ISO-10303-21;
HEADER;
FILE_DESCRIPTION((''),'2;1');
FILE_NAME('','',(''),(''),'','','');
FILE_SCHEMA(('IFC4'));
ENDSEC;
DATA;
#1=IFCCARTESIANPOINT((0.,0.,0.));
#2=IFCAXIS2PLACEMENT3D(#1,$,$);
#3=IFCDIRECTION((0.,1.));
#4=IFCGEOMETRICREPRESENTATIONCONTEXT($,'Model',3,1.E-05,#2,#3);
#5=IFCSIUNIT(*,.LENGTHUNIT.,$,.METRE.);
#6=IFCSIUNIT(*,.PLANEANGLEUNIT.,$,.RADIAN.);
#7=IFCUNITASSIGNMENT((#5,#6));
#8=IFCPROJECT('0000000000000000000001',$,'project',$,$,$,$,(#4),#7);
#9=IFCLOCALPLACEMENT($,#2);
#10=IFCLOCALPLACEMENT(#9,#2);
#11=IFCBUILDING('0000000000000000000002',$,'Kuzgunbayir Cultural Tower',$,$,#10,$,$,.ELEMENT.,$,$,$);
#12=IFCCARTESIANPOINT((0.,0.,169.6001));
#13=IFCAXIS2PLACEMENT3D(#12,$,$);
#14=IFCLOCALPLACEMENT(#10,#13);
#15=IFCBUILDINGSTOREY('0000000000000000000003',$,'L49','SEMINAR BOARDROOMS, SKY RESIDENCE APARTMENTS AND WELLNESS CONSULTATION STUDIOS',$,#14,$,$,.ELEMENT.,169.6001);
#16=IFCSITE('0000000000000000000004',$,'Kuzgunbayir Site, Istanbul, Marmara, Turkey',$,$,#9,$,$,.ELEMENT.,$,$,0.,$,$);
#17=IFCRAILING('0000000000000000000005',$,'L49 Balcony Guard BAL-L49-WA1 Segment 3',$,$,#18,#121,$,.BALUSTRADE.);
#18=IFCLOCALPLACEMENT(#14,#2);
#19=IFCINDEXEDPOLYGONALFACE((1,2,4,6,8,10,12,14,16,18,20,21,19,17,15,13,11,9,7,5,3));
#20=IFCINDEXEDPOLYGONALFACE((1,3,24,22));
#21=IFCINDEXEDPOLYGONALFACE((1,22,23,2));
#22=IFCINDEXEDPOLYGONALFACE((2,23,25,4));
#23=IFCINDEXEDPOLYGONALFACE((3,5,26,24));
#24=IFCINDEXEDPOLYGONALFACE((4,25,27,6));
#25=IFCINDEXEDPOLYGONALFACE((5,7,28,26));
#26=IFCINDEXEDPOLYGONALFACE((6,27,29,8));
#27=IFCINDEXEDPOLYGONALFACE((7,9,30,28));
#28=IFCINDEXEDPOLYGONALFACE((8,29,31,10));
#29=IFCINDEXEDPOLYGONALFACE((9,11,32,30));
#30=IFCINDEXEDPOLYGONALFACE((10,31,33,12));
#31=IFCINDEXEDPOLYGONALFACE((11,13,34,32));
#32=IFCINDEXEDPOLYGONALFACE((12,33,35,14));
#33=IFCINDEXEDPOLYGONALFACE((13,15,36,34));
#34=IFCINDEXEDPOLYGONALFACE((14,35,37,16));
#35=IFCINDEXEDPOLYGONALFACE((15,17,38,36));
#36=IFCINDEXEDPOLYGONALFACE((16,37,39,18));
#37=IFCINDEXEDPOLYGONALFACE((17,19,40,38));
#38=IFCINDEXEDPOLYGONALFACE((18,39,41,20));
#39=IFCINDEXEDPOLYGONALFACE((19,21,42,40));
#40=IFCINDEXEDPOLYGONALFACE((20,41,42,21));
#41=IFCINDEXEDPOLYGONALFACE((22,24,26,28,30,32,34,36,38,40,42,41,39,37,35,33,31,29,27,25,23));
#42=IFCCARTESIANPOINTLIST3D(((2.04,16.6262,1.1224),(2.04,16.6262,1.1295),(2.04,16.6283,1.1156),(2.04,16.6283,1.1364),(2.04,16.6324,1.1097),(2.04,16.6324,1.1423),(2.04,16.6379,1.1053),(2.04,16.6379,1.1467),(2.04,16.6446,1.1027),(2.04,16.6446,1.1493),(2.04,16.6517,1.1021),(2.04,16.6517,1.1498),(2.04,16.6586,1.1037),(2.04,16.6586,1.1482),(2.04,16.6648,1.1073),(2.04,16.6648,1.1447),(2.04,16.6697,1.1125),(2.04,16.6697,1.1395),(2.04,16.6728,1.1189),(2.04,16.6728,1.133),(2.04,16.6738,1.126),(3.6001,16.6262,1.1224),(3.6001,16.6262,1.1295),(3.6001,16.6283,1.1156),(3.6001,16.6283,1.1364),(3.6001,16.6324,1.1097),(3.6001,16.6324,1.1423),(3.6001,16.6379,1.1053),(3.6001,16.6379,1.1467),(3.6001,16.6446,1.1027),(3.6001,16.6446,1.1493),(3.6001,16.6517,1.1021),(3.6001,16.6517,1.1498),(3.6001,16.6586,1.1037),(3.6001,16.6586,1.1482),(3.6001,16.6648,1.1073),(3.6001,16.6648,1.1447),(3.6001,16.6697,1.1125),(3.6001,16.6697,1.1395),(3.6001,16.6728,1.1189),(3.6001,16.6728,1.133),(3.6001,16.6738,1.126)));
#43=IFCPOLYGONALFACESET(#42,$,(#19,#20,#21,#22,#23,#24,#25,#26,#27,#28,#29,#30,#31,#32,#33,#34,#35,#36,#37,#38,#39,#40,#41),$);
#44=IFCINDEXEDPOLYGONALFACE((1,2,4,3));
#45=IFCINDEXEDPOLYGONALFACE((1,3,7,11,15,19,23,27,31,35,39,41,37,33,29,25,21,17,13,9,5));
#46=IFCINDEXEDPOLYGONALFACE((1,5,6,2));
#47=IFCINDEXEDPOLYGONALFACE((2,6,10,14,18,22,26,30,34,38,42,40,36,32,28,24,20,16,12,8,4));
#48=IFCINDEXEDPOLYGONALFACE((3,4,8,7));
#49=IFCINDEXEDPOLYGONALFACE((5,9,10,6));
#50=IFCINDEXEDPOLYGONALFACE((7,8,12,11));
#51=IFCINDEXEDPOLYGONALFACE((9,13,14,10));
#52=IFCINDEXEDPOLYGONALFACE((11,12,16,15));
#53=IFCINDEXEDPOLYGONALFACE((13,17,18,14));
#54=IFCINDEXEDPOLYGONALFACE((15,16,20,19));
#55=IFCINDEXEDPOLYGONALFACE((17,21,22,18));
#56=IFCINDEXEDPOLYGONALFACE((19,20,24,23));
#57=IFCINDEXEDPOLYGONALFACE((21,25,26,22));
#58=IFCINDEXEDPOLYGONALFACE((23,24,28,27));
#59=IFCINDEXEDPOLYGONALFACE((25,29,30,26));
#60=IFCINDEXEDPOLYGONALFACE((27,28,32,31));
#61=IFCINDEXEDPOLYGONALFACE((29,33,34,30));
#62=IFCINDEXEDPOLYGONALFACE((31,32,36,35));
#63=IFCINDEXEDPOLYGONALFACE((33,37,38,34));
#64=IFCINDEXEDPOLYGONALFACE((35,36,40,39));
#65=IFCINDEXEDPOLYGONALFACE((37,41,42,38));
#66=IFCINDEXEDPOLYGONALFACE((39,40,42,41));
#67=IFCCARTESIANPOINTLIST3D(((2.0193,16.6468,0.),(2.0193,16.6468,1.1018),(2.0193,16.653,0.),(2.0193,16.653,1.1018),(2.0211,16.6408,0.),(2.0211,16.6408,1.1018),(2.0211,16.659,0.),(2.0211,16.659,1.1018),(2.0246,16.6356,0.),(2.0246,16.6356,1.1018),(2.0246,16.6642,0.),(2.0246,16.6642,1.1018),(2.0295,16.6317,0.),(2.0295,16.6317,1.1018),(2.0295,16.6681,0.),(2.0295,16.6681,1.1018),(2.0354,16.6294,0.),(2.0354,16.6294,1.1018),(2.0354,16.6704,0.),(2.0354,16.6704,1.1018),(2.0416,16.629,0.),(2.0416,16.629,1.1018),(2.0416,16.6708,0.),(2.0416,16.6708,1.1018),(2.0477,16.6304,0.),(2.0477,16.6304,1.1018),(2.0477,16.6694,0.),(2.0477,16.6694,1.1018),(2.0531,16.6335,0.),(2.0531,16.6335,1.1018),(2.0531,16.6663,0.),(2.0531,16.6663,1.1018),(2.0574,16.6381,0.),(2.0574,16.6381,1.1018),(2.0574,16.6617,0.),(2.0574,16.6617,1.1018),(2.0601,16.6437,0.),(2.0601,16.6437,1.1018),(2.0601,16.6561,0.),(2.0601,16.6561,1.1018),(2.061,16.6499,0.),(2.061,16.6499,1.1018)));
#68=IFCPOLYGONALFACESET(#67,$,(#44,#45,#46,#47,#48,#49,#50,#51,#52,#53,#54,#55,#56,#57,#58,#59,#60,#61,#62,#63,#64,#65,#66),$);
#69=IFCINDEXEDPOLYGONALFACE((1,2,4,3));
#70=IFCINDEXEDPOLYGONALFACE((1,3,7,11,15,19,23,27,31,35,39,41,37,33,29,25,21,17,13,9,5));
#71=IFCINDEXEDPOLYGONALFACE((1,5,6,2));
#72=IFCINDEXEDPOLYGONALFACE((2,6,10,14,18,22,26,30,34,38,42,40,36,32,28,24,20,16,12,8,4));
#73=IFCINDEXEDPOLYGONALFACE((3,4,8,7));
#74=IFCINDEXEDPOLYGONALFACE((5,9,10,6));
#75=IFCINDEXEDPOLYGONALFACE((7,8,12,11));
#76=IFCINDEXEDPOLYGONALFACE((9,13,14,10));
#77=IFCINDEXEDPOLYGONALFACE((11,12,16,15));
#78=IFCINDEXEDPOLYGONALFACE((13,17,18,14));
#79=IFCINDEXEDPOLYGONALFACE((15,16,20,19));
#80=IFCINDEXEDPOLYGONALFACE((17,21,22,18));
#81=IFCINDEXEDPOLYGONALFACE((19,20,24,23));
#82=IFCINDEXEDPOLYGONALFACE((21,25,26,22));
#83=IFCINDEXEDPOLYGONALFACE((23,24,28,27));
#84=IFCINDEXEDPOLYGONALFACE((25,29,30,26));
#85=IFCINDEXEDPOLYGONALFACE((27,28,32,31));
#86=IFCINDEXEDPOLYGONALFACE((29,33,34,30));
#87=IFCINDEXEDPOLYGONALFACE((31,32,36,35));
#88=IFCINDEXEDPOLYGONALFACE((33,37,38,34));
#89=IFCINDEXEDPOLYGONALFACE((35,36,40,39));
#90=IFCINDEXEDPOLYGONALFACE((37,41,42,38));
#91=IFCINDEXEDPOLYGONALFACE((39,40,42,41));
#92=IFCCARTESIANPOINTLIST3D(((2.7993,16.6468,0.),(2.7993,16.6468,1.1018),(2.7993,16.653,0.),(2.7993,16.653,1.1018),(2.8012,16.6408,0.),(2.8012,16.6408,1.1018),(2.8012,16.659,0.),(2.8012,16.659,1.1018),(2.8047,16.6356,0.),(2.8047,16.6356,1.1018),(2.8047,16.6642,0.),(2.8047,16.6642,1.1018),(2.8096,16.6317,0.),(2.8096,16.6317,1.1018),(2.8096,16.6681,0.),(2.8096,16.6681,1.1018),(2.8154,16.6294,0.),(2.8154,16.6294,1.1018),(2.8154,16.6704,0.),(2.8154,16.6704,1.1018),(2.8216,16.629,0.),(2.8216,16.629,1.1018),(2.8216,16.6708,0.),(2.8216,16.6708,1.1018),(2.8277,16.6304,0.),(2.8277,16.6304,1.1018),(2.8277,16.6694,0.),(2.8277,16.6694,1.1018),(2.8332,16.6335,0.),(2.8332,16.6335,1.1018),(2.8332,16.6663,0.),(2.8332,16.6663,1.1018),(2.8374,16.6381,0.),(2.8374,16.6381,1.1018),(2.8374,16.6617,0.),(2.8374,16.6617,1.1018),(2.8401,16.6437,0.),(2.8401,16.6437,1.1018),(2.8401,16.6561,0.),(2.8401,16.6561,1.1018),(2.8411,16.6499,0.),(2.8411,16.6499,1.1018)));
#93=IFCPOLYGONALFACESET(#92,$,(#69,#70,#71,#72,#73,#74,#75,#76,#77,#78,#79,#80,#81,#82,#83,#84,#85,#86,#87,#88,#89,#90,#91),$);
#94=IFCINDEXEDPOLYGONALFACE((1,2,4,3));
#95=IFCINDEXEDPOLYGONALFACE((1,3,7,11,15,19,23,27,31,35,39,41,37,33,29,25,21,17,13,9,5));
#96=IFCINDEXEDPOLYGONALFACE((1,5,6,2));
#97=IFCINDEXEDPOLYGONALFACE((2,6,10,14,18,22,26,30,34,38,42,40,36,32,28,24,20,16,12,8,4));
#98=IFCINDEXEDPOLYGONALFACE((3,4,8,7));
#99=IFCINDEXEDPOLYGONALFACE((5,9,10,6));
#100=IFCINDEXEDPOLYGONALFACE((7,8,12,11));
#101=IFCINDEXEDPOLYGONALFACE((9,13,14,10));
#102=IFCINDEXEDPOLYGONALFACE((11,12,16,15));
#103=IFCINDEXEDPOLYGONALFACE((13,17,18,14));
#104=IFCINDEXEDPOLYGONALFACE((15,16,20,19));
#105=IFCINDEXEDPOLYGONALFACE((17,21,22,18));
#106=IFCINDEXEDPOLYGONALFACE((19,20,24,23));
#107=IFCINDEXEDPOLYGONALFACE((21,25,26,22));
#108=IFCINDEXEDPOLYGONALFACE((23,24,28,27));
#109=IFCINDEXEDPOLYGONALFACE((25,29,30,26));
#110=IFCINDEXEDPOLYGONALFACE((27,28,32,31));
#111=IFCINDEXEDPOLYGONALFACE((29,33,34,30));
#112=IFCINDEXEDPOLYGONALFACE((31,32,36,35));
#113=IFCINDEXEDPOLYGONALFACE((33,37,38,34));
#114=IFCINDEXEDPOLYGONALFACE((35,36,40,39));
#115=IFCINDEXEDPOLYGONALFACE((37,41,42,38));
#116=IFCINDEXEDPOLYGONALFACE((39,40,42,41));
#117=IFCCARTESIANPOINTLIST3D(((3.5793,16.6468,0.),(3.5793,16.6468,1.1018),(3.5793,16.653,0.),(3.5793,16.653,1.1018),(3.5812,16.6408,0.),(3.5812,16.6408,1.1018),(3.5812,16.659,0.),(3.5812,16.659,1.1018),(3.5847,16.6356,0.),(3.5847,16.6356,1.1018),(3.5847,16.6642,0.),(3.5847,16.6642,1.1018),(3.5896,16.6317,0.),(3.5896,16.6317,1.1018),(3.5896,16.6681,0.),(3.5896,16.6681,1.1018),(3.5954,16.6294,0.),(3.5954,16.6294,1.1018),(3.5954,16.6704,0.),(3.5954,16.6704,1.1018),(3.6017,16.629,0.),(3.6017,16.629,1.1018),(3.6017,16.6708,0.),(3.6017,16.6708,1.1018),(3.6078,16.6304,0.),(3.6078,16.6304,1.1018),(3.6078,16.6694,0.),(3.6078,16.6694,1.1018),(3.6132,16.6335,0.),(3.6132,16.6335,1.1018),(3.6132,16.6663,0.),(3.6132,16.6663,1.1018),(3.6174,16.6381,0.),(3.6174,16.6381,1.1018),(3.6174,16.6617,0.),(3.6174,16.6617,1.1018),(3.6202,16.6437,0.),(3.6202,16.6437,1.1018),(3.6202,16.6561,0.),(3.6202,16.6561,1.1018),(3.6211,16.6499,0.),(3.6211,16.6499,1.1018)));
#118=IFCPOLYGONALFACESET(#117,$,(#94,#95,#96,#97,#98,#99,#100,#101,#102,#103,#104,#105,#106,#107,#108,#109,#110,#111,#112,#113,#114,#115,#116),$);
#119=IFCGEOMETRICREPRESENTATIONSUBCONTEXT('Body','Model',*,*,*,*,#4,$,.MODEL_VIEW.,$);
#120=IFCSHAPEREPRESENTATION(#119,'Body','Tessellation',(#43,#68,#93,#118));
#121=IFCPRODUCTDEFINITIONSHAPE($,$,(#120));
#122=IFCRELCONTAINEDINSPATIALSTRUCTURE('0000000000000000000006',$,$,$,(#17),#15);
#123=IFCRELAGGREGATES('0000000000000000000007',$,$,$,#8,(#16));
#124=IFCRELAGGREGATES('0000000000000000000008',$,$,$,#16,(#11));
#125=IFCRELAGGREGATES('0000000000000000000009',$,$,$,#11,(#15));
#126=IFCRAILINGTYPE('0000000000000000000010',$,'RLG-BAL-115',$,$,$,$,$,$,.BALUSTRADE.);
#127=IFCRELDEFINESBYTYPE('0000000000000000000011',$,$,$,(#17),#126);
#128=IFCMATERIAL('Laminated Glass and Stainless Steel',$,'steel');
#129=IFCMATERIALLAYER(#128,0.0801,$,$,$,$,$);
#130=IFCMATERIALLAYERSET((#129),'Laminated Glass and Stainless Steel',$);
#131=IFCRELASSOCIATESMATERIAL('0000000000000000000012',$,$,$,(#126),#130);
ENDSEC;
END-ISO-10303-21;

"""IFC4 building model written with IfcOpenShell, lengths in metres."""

from ifc_helpers import new_model, si_unit, direction, frame, origin, origin_2d, place, context, subcontext, project, spatial, circle, extrude, material, layer, layer_set, type_object, element, save


model = new_model("IFC4")

# Units and contexts
model_context = context("Model", 3, precision=1e-05, world=origin(), true_north=direction((0.0, 1.0)))
body_context = subcontext(model_context, "Body", "Model", "MODEL_VIEW")
ifc_project = project(units=[si_unit("LENGTHUNIT", "METRE"), si_unit("PLANEANGLEUNIT", "RADIAN")], contexts=[model_context])

# Site, building, storey
site_placement = place(None, origin())
site = spatial("IfcSite", under=ifc_project, at=site_placement, Name="Kuzgunbayir Site, Istanbul, Marmara, Turkey", CompositionType="ELEMENT", RefElevation=0.0)
building_placement = place(site_placement, origin())
building = spatial("IfcBuilding", under=site, at=building_placement, Name="Kuzgunbayir Cultural Tower", CompositionType="ELEMENT")
storey_placement = place(building_placement, frame((0.0, 0.0, 169.6001)))
storey = spatial("IfcBuildingStorey", under=building, at=storey_placement, Name="L49", Description="SEMINAR BOARDROOMS, SKY RESIDENCE APARTMENTS AND WELLNESS CONSULTATION STUDIOS", CompositionType="ELEMENT", Elevation=169.6001)

# Railing
ifc_material_1 = material(Name="Laminated Glass and Stainless Steel", Category="steel")
ifc_layer_1 = layer(ifc_material_1, 0.0801)
ifc_layer_set_1 = layer_set([ifc_layer_1], Name="Laminated Glass and Stainless Steel")
railing_type = type_object("IfcRailingType", Name="RLG-BAL-115", PredefinedType="BALUSTRADE", material=ifc_layer_set_1)
railing_1_placement = place(storey_placement, frame((2.04, 16.6499, 0.0)))
element("IfcRailing", 1, at=railing_1_placement, inside=storey, type_object=railing_type, Name="L49 Balcony Guard BAL-L49-WA1 Segment 3", PredefinedType="BALUSTRADE", context=body_context, shape_type="SweptSolid", body=[
    extrude(circle(Radius=0.0239, at=origin_2d()), frame((0.0, 0.0, 1.126), z_axis=(1.0, 0.0, 0.0), x_axis=(0.0, 1.0, 0.0)), (0.0, 0.0, 1.0), 1.5601),
    extrude(circle(Radius=0.021, at=origin_2d()), origin(), (0.0, 0.0, 1.0), 1.1018),
    extrude(circle(Radius=0.021, at=origin_2d()), frame((0.78, 0.0, 0.0)), (0.0, 0.0, 1.0), 1.1018),
    extrude(circle(Radius=0.021, at=origin_2d()), frame((1.5601, 0.0, 0.0)), (0.0, 0.0, 1.0), 1.1018),
])

save(model, "model.ifc")
